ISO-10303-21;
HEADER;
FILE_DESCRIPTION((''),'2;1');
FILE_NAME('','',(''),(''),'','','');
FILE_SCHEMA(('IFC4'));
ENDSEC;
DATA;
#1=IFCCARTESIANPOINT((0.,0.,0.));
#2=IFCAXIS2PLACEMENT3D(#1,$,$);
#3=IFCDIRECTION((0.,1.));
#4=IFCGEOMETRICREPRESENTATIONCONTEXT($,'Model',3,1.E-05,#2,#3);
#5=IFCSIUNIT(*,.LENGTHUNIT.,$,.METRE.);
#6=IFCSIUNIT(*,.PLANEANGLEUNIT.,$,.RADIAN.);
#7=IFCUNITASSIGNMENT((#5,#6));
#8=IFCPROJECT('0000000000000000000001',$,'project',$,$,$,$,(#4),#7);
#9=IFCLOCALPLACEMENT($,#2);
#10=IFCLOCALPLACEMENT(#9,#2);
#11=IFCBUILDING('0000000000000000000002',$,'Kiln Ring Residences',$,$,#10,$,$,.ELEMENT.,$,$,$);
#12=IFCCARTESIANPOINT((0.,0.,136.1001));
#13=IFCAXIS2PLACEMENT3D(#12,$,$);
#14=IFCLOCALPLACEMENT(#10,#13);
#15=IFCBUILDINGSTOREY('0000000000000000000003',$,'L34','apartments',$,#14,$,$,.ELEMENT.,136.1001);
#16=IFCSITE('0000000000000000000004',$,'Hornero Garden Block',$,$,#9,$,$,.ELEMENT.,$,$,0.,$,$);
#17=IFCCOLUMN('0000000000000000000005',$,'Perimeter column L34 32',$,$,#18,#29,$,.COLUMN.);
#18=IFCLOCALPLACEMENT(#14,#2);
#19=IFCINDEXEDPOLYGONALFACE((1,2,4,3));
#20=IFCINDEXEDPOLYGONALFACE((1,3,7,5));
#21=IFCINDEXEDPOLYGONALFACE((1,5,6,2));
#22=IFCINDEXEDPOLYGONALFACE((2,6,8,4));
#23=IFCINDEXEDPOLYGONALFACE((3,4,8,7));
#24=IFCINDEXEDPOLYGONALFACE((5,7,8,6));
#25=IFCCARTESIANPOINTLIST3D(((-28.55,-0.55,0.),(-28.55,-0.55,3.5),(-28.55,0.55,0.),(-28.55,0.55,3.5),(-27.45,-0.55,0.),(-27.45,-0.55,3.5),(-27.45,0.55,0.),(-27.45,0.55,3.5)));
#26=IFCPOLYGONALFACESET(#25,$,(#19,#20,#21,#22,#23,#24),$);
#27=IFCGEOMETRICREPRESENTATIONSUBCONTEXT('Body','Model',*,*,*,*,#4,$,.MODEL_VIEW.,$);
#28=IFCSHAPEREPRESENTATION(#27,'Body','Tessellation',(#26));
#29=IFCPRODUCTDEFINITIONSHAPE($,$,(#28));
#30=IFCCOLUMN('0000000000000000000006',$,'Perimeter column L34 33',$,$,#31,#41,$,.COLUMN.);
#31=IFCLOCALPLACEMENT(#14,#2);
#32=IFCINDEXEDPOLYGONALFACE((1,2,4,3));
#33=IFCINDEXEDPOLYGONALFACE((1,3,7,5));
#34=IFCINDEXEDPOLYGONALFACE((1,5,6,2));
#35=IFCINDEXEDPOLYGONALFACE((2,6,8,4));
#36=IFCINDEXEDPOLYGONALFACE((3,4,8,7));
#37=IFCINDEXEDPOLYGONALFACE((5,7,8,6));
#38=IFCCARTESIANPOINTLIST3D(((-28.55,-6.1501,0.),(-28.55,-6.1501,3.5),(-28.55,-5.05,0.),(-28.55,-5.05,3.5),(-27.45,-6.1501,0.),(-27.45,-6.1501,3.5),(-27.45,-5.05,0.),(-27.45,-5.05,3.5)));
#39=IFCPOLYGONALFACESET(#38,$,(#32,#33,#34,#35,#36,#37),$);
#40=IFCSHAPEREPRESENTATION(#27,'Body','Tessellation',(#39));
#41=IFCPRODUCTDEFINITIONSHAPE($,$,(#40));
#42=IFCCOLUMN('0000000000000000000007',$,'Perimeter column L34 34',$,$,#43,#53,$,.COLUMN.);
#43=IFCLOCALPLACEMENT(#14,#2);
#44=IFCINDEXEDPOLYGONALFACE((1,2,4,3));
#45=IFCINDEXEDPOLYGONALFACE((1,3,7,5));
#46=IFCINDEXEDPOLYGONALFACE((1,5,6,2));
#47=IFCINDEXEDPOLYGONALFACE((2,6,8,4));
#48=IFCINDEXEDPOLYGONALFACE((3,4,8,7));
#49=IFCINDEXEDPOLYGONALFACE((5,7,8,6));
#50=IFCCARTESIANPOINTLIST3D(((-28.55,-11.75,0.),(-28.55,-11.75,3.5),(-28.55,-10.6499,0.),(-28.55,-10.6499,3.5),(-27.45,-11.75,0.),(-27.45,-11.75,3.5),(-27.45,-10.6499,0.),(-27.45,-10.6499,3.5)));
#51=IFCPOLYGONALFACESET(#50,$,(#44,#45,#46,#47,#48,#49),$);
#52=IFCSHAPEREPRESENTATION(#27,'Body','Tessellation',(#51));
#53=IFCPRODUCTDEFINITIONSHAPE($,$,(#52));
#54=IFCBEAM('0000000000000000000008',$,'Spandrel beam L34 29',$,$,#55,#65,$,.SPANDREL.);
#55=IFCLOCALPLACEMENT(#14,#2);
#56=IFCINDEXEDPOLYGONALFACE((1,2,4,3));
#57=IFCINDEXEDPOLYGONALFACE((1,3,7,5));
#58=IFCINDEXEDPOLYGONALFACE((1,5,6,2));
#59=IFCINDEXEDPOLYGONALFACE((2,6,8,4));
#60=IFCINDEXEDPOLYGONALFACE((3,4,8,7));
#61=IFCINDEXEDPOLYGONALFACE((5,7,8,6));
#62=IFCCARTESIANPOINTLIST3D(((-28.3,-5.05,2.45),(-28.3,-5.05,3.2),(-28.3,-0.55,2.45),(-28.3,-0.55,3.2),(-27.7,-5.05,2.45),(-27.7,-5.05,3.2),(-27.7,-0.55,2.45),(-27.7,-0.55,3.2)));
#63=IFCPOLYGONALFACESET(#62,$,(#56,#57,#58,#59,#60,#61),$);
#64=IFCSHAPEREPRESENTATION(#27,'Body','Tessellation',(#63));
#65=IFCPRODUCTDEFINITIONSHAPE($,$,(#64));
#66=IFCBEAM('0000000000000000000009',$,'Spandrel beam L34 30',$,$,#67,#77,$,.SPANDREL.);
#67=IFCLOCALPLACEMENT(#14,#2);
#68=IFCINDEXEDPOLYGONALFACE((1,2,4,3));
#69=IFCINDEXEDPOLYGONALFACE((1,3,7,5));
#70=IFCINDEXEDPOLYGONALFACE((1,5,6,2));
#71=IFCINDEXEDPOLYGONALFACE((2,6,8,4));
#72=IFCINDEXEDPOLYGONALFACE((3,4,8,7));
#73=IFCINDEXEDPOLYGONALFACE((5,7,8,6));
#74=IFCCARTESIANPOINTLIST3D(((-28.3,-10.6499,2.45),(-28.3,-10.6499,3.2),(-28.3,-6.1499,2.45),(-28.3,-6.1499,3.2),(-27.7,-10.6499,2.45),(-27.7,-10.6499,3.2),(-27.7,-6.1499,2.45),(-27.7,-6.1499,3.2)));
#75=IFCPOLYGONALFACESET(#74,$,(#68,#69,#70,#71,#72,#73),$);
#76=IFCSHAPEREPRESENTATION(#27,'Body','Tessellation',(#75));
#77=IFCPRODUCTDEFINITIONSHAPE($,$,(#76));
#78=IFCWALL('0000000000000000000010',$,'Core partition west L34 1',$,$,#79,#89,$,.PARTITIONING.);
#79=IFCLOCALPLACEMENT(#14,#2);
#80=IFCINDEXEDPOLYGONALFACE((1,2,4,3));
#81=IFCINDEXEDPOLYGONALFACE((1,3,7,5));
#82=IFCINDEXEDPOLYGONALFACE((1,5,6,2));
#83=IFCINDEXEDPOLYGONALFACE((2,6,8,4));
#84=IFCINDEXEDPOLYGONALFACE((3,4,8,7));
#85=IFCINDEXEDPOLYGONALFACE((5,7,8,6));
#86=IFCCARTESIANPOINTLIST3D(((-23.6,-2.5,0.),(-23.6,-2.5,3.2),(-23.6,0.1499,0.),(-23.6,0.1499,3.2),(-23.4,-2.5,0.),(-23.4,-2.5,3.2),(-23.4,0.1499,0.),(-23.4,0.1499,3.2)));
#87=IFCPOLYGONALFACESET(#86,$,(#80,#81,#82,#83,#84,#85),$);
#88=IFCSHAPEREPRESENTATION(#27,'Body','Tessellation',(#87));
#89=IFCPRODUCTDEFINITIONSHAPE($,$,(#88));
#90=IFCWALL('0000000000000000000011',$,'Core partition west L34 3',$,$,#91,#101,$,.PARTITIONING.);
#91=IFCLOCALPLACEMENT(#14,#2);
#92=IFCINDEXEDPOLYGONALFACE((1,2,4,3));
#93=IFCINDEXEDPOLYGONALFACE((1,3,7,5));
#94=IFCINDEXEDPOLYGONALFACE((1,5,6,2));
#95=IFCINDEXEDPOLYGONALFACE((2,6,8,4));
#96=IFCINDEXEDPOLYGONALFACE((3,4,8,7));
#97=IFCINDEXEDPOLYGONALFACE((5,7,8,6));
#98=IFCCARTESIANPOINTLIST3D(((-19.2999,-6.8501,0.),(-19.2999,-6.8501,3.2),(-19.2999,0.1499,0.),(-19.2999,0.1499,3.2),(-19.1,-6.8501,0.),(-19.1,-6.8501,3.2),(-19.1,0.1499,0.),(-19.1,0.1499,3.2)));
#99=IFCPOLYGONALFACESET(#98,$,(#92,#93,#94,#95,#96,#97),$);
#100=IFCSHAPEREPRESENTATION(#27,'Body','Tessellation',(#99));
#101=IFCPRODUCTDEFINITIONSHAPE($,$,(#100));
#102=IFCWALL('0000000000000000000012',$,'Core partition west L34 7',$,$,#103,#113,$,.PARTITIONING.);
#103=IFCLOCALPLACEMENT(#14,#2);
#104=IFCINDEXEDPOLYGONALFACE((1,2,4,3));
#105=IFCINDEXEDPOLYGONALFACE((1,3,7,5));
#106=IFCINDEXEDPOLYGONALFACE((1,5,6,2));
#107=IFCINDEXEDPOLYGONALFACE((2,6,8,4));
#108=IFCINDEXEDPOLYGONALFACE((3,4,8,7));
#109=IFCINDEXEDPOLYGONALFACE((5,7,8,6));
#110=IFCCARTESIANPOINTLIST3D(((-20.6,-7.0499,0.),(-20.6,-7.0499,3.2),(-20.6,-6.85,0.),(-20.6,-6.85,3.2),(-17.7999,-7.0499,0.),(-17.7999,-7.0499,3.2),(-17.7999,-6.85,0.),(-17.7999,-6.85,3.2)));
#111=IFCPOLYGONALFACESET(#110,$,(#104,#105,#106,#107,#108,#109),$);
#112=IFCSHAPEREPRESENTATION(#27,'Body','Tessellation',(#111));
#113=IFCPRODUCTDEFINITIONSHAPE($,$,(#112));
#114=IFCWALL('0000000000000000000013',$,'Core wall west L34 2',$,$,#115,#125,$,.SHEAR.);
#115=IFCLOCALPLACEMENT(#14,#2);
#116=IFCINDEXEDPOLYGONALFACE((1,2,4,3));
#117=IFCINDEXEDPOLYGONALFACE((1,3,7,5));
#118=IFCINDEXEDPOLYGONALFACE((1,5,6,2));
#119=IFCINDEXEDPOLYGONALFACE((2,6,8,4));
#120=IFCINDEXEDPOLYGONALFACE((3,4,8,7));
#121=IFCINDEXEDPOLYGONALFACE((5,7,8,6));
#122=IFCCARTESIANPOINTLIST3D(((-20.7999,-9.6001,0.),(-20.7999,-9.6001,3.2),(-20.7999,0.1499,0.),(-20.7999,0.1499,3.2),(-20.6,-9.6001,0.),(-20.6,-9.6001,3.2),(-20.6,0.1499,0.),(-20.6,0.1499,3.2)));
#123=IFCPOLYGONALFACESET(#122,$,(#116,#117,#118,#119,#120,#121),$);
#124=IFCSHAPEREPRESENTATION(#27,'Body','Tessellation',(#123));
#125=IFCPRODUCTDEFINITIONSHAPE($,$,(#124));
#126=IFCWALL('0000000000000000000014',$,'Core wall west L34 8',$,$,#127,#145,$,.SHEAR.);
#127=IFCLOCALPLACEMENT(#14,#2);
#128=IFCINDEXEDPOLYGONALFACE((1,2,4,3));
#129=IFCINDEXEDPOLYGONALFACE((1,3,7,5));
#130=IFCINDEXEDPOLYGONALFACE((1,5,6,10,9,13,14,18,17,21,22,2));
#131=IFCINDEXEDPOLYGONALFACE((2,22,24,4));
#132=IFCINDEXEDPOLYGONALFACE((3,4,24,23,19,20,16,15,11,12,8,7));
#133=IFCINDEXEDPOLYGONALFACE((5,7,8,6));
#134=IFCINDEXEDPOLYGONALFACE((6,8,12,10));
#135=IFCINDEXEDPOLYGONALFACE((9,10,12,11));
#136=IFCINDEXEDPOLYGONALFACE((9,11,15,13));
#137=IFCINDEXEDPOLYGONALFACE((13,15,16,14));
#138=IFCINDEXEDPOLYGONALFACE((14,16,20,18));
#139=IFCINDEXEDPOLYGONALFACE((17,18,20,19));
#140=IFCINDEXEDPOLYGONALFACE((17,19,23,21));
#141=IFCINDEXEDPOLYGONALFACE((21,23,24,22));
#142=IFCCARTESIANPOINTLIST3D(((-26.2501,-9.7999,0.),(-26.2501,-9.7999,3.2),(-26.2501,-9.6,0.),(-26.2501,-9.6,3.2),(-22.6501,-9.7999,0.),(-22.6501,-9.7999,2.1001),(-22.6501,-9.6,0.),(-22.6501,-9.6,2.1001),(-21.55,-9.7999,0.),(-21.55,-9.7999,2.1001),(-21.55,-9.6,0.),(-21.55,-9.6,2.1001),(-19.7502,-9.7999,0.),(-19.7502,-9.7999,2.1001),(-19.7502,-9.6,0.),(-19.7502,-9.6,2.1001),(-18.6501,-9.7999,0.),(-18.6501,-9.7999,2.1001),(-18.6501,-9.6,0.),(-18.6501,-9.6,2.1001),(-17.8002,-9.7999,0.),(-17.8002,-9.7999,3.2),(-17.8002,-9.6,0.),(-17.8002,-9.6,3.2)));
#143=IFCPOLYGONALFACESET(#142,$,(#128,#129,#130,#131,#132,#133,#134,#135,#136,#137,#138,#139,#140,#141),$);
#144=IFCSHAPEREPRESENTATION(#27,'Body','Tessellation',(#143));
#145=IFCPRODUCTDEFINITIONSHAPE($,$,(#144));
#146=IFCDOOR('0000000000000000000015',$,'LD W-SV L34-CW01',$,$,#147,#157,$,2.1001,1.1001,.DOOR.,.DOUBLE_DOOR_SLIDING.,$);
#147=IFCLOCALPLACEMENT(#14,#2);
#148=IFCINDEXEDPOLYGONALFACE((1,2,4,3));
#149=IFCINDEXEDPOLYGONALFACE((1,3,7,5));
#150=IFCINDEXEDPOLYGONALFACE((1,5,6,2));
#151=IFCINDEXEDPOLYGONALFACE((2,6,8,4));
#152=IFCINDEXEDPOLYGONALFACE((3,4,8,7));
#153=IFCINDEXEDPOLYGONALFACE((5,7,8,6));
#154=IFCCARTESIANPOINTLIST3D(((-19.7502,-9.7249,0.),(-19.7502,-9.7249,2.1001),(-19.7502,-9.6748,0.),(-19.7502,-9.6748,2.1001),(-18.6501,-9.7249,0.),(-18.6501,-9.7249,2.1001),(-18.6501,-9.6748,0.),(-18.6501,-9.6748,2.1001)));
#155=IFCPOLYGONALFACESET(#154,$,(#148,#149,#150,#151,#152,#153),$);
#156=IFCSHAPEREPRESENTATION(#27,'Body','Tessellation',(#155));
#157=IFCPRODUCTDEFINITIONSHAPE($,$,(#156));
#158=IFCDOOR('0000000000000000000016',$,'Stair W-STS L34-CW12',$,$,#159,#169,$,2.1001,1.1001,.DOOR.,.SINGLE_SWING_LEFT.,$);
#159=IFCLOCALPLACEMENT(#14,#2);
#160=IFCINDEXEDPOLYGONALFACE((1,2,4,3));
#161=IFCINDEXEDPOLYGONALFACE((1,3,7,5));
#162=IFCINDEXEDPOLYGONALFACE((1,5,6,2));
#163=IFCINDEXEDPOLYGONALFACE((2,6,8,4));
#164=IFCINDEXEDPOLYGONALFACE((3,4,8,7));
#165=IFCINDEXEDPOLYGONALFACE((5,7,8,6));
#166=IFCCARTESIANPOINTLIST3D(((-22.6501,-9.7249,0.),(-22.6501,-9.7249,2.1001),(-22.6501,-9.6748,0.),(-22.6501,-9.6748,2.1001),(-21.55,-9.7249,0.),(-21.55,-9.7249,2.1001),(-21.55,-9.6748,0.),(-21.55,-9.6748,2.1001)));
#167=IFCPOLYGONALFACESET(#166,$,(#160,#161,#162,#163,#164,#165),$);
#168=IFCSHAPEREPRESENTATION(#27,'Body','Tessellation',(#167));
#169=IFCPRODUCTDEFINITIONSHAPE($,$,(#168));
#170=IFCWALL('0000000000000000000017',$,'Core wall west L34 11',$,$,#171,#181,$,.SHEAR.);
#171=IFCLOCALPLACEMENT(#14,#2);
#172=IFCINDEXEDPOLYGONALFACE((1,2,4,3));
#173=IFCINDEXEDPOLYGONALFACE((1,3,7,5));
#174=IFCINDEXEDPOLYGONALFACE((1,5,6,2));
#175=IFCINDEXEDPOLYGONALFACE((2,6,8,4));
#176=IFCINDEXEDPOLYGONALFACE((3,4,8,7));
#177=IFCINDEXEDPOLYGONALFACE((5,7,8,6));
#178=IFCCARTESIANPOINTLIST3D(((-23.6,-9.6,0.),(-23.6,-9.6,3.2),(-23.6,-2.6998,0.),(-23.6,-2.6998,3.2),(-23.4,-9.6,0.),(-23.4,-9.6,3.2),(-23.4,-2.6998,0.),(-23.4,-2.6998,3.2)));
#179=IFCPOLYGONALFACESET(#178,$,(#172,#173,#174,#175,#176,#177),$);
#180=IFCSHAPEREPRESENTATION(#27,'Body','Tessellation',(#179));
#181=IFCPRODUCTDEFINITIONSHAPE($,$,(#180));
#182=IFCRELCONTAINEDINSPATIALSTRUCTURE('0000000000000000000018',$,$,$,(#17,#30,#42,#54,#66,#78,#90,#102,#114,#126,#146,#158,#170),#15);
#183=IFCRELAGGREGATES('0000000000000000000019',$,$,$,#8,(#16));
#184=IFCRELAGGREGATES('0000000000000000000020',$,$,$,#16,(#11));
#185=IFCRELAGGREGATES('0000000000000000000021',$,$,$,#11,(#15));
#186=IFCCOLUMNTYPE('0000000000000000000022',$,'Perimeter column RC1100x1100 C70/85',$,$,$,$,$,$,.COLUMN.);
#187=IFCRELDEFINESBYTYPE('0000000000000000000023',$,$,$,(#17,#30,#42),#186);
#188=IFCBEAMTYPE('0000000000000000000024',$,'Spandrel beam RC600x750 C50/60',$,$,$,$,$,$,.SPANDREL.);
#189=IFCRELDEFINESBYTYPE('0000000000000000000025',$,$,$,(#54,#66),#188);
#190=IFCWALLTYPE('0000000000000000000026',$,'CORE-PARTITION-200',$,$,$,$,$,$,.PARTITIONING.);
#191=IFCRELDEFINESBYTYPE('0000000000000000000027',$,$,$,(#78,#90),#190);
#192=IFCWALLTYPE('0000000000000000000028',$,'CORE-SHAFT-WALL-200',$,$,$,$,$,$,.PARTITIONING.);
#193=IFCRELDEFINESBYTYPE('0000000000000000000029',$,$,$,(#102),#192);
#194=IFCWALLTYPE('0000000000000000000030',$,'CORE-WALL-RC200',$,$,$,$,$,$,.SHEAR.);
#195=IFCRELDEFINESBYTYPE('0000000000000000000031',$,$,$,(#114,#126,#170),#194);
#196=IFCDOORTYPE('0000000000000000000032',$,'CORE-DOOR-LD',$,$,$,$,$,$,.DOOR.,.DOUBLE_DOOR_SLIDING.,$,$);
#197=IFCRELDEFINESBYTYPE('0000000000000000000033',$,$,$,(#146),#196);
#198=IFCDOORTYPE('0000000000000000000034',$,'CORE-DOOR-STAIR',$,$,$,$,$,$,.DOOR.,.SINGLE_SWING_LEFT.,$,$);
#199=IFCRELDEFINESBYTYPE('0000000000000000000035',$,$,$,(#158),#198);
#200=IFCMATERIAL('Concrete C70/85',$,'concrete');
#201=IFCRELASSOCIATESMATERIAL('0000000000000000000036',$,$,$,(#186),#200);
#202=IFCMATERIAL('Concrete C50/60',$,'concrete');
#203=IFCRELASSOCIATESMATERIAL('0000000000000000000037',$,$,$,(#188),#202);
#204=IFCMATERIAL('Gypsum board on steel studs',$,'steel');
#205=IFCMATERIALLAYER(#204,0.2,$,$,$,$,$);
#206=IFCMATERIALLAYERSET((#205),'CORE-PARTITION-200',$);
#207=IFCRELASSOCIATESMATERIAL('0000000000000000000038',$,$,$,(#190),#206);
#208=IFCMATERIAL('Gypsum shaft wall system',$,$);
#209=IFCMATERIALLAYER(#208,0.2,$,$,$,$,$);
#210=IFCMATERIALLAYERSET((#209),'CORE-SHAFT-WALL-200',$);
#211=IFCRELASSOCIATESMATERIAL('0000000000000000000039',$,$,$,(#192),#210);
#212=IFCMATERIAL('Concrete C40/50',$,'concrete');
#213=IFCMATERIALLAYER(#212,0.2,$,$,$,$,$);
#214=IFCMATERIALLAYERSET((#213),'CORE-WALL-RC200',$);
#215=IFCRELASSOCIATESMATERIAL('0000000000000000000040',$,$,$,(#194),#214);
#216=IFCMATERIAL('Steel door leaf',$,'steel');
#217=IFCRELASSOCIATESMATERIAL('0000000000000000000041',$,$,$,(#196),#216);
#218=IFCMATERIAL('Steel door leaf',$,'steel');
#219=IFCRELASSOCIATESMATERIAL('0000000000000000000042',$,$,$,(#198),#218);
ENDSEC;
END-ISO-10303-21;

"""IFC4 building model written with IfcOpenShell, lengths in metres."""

from ifc_helpers import new_model, si_unit, direction, frame, frame_2d, origin, origin_2d, place, context, subcontext, project, spatial, rectangle, extrude, material, layer, layer_set, material_profile, profile_set, type_object, element, fill, save


model = new_model("IFC4")

# Units and contexts
model_context = context("Model", 3, precision=1e-05, world=origin(), true_north=direction((0.0, 1.0)))
body_context = subcontext(model_context, "Body", "Model", "MODEL_VIEW")
ifc_project = project(units=[si_unit("LENGTHUNIT", "METRE"), si_unit("PLANEANGLEUNIT", "RADIAN")], contexts=[model_context])

# Site, building, storey
site_placement = place(None, origin())
site = spatial("IfcSite", under=ifc_project, at=site_placement, Name="Hornero Garden Block", CompositionType="ELEMENT", RefElevation=0.0)
building_placement = place(site_placement, origin())
building = spatial("IfcBuilding", under=site, at=building_placement, Name="Kiln Ring Residences", CompositionType="ELEMENT")
storey_placement = place(building_placement, frame((0.0, 0.0, 136.1001)))
storey = spatial("IfcBuildingStorey", under=building, at=storey_placement, Name="L34", Description="apartments", CompositionType="ELEMENT", Elevation=136.1001)

# Columns
ifc_material_1 = material(Name="Concrete C70/85", Category="concrete")
ifc_material_profile_1 = material_profile(ifc_material_1, rectangle(XDim=1.1001, YDim=1.1001, at=origin_2d()), Name="RC1100x1100")
ifc_profile_set_1 = profile_set([ifc_material_profile_1], Name="Concrete C70/85")
column_type = type_object("IfcColumnType", Name="Perimeter column RC1100x1100 C70/85", PredefinedType="COLUMN", material=ifc_profile_set_1)
for number, where, z_axis, x_axis, name in (
    (1, (-28.0, 0.0, 0.0), (0.0, 0.0, 1.0), (1.0, 0.0, 0.0), "Perimeter column L34 32"),
    (2, (-28.0, -5.6001, 0.0), (0.0, 0.0, 1.0), (1.0, 0.0, 0.0), "Perimeter column L34 33"),
    (3, (-28.0, -11.2, 0.0), (0.0, 0.0, 1.0), (1.0, 0.0, 0.0), "Perimeter column L34 34"),
):
    element("IfcColumn", number, at=place(storey_placement, frame(where, z_axis=z_axis, x_axis=x_axis)), inside=storey, type_object=column_type, Name=name, PredefinedType="COLUMN", context=body_context, shape_type="SweptSolid", body=[
        extrude(rectangle(XDim=1.1001, YDim=1.1001, at=origin_2d()), origin(), (0.0, 0.0, 1.0), 3.5),
    ])

# Beams
ifc_material_2 = material(Name="Concrete C50/60", Category="concrete")
ifc_material_profile_2 = material_profile(ifc_material_2, rectangle(XDim=0.6001, YDim=0.75, at=origin_2d()), Name="RC600x750")
ifc_profile_set_2 = profile_set([ifc_material_profile_2], Name="Concrete C50/60")
beam_type = type_object("IfcBeamType", Name="Spandrel beam RC600x750 C50/60", PredefinedType="SPANDREL", material=ifc_profile_set_2)
for number, where, z_axis, x_axis, name in (
    (4, (-28.0, -0.55, 2.825), (0.0, -1.0, 0.0), (1.0, 0.0, 0.0), "Spandrel beam L34 29"),
    (5, (-28.0, -6.1499, 2.825), (0.0, -1.0, 0.0), (1.0, 0.0, 0.0), "Spandrel beam L34 30"),
):
    element("IfcBeam", number, at=place(storey_placement, frame(where, z_axis=z_axis, x_axis=x_axis)), inside=storey, type_object=beam_type, Name=name, PredefinedType="SPANDREL", context=body_context, shape_type="SweptSolid", body=[
        extrude(rectangle(XDim=0.6001, YDim=0.75, at=origin_2d()), origin(), (0.0, 0.0, 1.0), 4.5),
    ])

# Walls
ifc_material_3 = material(Name="Gypsum board on steel studs", Category="steel")
ifc_layer_1 = layer(ifc_material_3, 0.2)
ifc_layer_set_1 = layer_set([ifc_layer_1], Name="CORE-PARTITION-200")
wall_type_1 = type_object("IfcWallType", Name="CORE-PARTITION-200", PredefinedType="PARTITIONING", material=ifc_layer_set_1)
wall_1_placement = place(storey_placement, frame((-23.5, -2.5, 0.0), z_axis=(0.0, 0.0, 1.0), x_axis=(0.0, 1.0, 0.0)))
element("IfcWall", 6, at=wall_1_placement, inside=storey, type_object=wall_type_1, Name="Core partition west L34 1", PredefinedType="PARTITIONING", context=body_context, shape_type="SweptSolid", body=[
    extrude(rectangle(XDim=2.6499, YDim=0.2, at=frame_2d((1.325, 0.0))), origin(), (0.0, 0.0, 1.0), 3.2),
])
wall_2_placement = place(storey_placement, frame((-19.2, -6.8501, 0.0), z_axis=(0.0, 0.0, 1.0), x_axis=(0.0, 1.0, 0.0)))
element("IfcWall", 7, at=wall_2_placement, inside=storey, type_object=wall_type_1, Name="Core partition west L34 3", PredefinedType="PARTITIONING", context=body_context, shape_type="SweptSolid", body=[
    extrude(rectangle(XDim=7.0, YDim=0.2, at=frame_2d((3.5, 0.0))), origin(), (0.0, 0.0, 1.0), 3.2),
])
ifc_material_4 = material(Name="Gypsum shaft wall system")
ifc_layer_2 = layer(ifc_material_4, 0.2)
ifc_layer_set_2 = layer_set([ifc_layer_2], Name="CORE-SHAFT-WALL-200")
wall_type_2 = type_object("IfcWallType", Name="CORE-SHAFT-WALL-200", PredefinedType="PARTITIONING", material=ifc_layer_set_2)
wall_3_placement = place(storey_placement, frame((-17.8, -6.95, 0.0), z_axis=(0.0, 0.0, 1.0), x_axis=(-1.0, 0.0, 0.0)))
element("IfcWall", 8, at=wall_3_placement, inside=storey, type_object=wall_type_2, Name="Core partition west L34 7", PredefinedType="PARTITIONING", context=body_context, shape_type="SweptSolid", body=[
    extrude(rectangle(XDim=2.8, YDim=0.2, at=frame_2d((1.3999, 0.0))), origin(), (0.0, 0.0, 1.0), 3.2),
])
ifc_material_5 = material(Name="Concrete C40/50", Category="concrete")
ifc_layer_3 = layer(ifc_material_5, 0.2)
ifc_layer_set_3 = layer_set([ifc_layer_3], Name="CORE-WALL-RC200")
wall_type_3 = type_object("IfcWallType", Name="CORE-WALL-RC200", PredefinedType="SHEAR", material=ifc_layer_set_3)
wall_4_placement = place(storey_placement, frame((-20.7, -9.6001, 0.0), z_axis=(0.0, 0.0, 1.0), x_axis=(0.0, 1.0, 0.0)))
element("IfcWall", 9, at=wall_4_placement, inside=storey, type_object=wall_type_3, Name="Core wall west L34 2", PredefinedType="SHEAR", context=body_context, shape_type="SweptSolid", body=[
    extrude(rectangle(XDim=9.75, YDim=0.2, at=frame_2d((4.875, 0.0))), origin(), (0.0, 0.0, 1.0), 3.2),
])

# Wall, openings, doors
wall_5_placement = place(storey_placement, frame((-17.8, -9.7, 0.0), z_axis=(0.0, 0.0, 1.0), x_axis=(-1.0, 0.0, 0.0)))
wall_5 = element("IfcWall", 10, at=wall_5_placement, inside=storey, type_object=wall_type_3, Name="Core wall west L34 8", PredefinedType="SHEAR", context=body_context, shape_type="SweptSolid", body=[
    extrude(rectangle(XDim=8.45, YDim=0.2, at=frame_2d((4.2251, 0.0))), origin(), (0.0, 0.0, 1.0), 3.2),
])
opening_1_placement = place(wall_5_placement, frame((0.8501, 0.0, 0.0)))
opening_1 = element("IfcOpeningElement", 11, at=opening_1_placement, cuts=wall_5, PredefinedType="OPENING", context=body_context, shape_type="SweptSolid", body=[
    extrude(rectangle(XDim=1.1001, YDim=2.1001, at=frame_2d((0.55, 1.05))), frame((0.0, 0.1099, 0.0), z_axis=(0.0, -1.0, 0.0), x_axis=(1.0, 0.0, 0.0)), (0.0, 0.0, 1.0), 0.22),
])
opening_2_placement = place(wall_5_placement, frame((3.75, 0.0, 0.0)))
opening_2 = element("IfcOpeningElement", 12, at=opening_2_placement, cuts=wall_5, PredefinedType="OPENING", context=body_context, shape_type="SweptSolid", body=[
    extrude(rectangle(XDim=1.1001, YDim=2.1001, at=frame_2d((0.55, 1.05))), frame((0.0, 0.1099, 0.0), z_axis=(0.0, -1.0, 0.0), x_axis=(1.0, 0.0, 0.0)), (0.0, 0.0, 1.0), 0.22),
])
ifc_material_6 = material(Name="Steel door leaf", Category="steel")
door_type_1 = type_object("IfcDoorType", Name="CORE-DOOR-LD", OperationType="DOUBLE_DOOR_SLIDING", PredefinedType="DOOR", material=ifc_material_6)
door_1_placement = place(opening_1_placement, origin())
door_1 = element("IfcDoor", 13, at=door_1_placement, inside=storey, type_object=door_type_1, Name="LD W-SV L34-CW01", OperationType="DOUBLE_DOOR_SLIDING", OverallHeight=2.1001, OverallWidth=1.1001, PredefinedType="DOOR", context=body_context, shape_type="SweptSolid", body=[
    extrude(rectangle(XDim=1.1001, YDim=2.1001, at=frame_2d((0.55, 1.05))), frame((0.0, 0.0249, 0.0), z_axis=(0.0, -1.0, 0.0), x_axis=(1.0, 0.0, 0.0)), (0.0, 0.0, 1.0), 0.05),
])
fill(opening_1, door_1)
ifc_material_7 = material(Name="Steel door leaf", Category="steel")
door_type_2 = type_object("IfcDoorType", Name="CORE-DOOR-STAIR", OperationType="SINGLE_SWING_LEFT", PredefinedType="DOOR", material=ifc_material_7)
door_2_placement = place(opening_2_placement, origin())
door_2 = element("IfcDoor", 14, at=door_2_placement, inside=storey, type_object=door_type_2, Name="Stair W-STS L34-CW12", OperationType="SINGLE_SWING_LEFT", OverallHeight=2.1001, OverallWidth=1.1001, PredefinedType="DOOR", context=body_context, shape_type="SweptSolid", body=[
    extrude(rectangle(XDim=1.1001, YDim=2.1001, at=frame_2d((0.55, 1.05))), frame((0.0, 0.0249, 0.0), z_axis=(0.0, -1.0, 0.0), x_axis=(1.0, 0.0, 0.0)), (0.0, 0.0, 1.0), 0.05),
])
fill(opening_2, door_2)

# Wall
wall_6_placement = place(storey_placement, frame((-23.5, -9.6001, 0.0), z_axis=(0.0, 0.0, 1.0), x_axis=(0.0, 1.0, 0.0)))
element("IfcWall", 15, at=wall_6_placement, inside=storey, type_object=wall_type_3, Name="Core wall west L34 11", PredefinedType="SHEAR", context=body_context, shape_type="SweptSolid", body=[
    extrude(rectangle(XDim=6.9001, YDim=0.2, at=frame_2d((3.4502, 0.0))), origin(), (0.0, 0.0, 1.0), 3.2),
])

save(model, "model.ifc")
